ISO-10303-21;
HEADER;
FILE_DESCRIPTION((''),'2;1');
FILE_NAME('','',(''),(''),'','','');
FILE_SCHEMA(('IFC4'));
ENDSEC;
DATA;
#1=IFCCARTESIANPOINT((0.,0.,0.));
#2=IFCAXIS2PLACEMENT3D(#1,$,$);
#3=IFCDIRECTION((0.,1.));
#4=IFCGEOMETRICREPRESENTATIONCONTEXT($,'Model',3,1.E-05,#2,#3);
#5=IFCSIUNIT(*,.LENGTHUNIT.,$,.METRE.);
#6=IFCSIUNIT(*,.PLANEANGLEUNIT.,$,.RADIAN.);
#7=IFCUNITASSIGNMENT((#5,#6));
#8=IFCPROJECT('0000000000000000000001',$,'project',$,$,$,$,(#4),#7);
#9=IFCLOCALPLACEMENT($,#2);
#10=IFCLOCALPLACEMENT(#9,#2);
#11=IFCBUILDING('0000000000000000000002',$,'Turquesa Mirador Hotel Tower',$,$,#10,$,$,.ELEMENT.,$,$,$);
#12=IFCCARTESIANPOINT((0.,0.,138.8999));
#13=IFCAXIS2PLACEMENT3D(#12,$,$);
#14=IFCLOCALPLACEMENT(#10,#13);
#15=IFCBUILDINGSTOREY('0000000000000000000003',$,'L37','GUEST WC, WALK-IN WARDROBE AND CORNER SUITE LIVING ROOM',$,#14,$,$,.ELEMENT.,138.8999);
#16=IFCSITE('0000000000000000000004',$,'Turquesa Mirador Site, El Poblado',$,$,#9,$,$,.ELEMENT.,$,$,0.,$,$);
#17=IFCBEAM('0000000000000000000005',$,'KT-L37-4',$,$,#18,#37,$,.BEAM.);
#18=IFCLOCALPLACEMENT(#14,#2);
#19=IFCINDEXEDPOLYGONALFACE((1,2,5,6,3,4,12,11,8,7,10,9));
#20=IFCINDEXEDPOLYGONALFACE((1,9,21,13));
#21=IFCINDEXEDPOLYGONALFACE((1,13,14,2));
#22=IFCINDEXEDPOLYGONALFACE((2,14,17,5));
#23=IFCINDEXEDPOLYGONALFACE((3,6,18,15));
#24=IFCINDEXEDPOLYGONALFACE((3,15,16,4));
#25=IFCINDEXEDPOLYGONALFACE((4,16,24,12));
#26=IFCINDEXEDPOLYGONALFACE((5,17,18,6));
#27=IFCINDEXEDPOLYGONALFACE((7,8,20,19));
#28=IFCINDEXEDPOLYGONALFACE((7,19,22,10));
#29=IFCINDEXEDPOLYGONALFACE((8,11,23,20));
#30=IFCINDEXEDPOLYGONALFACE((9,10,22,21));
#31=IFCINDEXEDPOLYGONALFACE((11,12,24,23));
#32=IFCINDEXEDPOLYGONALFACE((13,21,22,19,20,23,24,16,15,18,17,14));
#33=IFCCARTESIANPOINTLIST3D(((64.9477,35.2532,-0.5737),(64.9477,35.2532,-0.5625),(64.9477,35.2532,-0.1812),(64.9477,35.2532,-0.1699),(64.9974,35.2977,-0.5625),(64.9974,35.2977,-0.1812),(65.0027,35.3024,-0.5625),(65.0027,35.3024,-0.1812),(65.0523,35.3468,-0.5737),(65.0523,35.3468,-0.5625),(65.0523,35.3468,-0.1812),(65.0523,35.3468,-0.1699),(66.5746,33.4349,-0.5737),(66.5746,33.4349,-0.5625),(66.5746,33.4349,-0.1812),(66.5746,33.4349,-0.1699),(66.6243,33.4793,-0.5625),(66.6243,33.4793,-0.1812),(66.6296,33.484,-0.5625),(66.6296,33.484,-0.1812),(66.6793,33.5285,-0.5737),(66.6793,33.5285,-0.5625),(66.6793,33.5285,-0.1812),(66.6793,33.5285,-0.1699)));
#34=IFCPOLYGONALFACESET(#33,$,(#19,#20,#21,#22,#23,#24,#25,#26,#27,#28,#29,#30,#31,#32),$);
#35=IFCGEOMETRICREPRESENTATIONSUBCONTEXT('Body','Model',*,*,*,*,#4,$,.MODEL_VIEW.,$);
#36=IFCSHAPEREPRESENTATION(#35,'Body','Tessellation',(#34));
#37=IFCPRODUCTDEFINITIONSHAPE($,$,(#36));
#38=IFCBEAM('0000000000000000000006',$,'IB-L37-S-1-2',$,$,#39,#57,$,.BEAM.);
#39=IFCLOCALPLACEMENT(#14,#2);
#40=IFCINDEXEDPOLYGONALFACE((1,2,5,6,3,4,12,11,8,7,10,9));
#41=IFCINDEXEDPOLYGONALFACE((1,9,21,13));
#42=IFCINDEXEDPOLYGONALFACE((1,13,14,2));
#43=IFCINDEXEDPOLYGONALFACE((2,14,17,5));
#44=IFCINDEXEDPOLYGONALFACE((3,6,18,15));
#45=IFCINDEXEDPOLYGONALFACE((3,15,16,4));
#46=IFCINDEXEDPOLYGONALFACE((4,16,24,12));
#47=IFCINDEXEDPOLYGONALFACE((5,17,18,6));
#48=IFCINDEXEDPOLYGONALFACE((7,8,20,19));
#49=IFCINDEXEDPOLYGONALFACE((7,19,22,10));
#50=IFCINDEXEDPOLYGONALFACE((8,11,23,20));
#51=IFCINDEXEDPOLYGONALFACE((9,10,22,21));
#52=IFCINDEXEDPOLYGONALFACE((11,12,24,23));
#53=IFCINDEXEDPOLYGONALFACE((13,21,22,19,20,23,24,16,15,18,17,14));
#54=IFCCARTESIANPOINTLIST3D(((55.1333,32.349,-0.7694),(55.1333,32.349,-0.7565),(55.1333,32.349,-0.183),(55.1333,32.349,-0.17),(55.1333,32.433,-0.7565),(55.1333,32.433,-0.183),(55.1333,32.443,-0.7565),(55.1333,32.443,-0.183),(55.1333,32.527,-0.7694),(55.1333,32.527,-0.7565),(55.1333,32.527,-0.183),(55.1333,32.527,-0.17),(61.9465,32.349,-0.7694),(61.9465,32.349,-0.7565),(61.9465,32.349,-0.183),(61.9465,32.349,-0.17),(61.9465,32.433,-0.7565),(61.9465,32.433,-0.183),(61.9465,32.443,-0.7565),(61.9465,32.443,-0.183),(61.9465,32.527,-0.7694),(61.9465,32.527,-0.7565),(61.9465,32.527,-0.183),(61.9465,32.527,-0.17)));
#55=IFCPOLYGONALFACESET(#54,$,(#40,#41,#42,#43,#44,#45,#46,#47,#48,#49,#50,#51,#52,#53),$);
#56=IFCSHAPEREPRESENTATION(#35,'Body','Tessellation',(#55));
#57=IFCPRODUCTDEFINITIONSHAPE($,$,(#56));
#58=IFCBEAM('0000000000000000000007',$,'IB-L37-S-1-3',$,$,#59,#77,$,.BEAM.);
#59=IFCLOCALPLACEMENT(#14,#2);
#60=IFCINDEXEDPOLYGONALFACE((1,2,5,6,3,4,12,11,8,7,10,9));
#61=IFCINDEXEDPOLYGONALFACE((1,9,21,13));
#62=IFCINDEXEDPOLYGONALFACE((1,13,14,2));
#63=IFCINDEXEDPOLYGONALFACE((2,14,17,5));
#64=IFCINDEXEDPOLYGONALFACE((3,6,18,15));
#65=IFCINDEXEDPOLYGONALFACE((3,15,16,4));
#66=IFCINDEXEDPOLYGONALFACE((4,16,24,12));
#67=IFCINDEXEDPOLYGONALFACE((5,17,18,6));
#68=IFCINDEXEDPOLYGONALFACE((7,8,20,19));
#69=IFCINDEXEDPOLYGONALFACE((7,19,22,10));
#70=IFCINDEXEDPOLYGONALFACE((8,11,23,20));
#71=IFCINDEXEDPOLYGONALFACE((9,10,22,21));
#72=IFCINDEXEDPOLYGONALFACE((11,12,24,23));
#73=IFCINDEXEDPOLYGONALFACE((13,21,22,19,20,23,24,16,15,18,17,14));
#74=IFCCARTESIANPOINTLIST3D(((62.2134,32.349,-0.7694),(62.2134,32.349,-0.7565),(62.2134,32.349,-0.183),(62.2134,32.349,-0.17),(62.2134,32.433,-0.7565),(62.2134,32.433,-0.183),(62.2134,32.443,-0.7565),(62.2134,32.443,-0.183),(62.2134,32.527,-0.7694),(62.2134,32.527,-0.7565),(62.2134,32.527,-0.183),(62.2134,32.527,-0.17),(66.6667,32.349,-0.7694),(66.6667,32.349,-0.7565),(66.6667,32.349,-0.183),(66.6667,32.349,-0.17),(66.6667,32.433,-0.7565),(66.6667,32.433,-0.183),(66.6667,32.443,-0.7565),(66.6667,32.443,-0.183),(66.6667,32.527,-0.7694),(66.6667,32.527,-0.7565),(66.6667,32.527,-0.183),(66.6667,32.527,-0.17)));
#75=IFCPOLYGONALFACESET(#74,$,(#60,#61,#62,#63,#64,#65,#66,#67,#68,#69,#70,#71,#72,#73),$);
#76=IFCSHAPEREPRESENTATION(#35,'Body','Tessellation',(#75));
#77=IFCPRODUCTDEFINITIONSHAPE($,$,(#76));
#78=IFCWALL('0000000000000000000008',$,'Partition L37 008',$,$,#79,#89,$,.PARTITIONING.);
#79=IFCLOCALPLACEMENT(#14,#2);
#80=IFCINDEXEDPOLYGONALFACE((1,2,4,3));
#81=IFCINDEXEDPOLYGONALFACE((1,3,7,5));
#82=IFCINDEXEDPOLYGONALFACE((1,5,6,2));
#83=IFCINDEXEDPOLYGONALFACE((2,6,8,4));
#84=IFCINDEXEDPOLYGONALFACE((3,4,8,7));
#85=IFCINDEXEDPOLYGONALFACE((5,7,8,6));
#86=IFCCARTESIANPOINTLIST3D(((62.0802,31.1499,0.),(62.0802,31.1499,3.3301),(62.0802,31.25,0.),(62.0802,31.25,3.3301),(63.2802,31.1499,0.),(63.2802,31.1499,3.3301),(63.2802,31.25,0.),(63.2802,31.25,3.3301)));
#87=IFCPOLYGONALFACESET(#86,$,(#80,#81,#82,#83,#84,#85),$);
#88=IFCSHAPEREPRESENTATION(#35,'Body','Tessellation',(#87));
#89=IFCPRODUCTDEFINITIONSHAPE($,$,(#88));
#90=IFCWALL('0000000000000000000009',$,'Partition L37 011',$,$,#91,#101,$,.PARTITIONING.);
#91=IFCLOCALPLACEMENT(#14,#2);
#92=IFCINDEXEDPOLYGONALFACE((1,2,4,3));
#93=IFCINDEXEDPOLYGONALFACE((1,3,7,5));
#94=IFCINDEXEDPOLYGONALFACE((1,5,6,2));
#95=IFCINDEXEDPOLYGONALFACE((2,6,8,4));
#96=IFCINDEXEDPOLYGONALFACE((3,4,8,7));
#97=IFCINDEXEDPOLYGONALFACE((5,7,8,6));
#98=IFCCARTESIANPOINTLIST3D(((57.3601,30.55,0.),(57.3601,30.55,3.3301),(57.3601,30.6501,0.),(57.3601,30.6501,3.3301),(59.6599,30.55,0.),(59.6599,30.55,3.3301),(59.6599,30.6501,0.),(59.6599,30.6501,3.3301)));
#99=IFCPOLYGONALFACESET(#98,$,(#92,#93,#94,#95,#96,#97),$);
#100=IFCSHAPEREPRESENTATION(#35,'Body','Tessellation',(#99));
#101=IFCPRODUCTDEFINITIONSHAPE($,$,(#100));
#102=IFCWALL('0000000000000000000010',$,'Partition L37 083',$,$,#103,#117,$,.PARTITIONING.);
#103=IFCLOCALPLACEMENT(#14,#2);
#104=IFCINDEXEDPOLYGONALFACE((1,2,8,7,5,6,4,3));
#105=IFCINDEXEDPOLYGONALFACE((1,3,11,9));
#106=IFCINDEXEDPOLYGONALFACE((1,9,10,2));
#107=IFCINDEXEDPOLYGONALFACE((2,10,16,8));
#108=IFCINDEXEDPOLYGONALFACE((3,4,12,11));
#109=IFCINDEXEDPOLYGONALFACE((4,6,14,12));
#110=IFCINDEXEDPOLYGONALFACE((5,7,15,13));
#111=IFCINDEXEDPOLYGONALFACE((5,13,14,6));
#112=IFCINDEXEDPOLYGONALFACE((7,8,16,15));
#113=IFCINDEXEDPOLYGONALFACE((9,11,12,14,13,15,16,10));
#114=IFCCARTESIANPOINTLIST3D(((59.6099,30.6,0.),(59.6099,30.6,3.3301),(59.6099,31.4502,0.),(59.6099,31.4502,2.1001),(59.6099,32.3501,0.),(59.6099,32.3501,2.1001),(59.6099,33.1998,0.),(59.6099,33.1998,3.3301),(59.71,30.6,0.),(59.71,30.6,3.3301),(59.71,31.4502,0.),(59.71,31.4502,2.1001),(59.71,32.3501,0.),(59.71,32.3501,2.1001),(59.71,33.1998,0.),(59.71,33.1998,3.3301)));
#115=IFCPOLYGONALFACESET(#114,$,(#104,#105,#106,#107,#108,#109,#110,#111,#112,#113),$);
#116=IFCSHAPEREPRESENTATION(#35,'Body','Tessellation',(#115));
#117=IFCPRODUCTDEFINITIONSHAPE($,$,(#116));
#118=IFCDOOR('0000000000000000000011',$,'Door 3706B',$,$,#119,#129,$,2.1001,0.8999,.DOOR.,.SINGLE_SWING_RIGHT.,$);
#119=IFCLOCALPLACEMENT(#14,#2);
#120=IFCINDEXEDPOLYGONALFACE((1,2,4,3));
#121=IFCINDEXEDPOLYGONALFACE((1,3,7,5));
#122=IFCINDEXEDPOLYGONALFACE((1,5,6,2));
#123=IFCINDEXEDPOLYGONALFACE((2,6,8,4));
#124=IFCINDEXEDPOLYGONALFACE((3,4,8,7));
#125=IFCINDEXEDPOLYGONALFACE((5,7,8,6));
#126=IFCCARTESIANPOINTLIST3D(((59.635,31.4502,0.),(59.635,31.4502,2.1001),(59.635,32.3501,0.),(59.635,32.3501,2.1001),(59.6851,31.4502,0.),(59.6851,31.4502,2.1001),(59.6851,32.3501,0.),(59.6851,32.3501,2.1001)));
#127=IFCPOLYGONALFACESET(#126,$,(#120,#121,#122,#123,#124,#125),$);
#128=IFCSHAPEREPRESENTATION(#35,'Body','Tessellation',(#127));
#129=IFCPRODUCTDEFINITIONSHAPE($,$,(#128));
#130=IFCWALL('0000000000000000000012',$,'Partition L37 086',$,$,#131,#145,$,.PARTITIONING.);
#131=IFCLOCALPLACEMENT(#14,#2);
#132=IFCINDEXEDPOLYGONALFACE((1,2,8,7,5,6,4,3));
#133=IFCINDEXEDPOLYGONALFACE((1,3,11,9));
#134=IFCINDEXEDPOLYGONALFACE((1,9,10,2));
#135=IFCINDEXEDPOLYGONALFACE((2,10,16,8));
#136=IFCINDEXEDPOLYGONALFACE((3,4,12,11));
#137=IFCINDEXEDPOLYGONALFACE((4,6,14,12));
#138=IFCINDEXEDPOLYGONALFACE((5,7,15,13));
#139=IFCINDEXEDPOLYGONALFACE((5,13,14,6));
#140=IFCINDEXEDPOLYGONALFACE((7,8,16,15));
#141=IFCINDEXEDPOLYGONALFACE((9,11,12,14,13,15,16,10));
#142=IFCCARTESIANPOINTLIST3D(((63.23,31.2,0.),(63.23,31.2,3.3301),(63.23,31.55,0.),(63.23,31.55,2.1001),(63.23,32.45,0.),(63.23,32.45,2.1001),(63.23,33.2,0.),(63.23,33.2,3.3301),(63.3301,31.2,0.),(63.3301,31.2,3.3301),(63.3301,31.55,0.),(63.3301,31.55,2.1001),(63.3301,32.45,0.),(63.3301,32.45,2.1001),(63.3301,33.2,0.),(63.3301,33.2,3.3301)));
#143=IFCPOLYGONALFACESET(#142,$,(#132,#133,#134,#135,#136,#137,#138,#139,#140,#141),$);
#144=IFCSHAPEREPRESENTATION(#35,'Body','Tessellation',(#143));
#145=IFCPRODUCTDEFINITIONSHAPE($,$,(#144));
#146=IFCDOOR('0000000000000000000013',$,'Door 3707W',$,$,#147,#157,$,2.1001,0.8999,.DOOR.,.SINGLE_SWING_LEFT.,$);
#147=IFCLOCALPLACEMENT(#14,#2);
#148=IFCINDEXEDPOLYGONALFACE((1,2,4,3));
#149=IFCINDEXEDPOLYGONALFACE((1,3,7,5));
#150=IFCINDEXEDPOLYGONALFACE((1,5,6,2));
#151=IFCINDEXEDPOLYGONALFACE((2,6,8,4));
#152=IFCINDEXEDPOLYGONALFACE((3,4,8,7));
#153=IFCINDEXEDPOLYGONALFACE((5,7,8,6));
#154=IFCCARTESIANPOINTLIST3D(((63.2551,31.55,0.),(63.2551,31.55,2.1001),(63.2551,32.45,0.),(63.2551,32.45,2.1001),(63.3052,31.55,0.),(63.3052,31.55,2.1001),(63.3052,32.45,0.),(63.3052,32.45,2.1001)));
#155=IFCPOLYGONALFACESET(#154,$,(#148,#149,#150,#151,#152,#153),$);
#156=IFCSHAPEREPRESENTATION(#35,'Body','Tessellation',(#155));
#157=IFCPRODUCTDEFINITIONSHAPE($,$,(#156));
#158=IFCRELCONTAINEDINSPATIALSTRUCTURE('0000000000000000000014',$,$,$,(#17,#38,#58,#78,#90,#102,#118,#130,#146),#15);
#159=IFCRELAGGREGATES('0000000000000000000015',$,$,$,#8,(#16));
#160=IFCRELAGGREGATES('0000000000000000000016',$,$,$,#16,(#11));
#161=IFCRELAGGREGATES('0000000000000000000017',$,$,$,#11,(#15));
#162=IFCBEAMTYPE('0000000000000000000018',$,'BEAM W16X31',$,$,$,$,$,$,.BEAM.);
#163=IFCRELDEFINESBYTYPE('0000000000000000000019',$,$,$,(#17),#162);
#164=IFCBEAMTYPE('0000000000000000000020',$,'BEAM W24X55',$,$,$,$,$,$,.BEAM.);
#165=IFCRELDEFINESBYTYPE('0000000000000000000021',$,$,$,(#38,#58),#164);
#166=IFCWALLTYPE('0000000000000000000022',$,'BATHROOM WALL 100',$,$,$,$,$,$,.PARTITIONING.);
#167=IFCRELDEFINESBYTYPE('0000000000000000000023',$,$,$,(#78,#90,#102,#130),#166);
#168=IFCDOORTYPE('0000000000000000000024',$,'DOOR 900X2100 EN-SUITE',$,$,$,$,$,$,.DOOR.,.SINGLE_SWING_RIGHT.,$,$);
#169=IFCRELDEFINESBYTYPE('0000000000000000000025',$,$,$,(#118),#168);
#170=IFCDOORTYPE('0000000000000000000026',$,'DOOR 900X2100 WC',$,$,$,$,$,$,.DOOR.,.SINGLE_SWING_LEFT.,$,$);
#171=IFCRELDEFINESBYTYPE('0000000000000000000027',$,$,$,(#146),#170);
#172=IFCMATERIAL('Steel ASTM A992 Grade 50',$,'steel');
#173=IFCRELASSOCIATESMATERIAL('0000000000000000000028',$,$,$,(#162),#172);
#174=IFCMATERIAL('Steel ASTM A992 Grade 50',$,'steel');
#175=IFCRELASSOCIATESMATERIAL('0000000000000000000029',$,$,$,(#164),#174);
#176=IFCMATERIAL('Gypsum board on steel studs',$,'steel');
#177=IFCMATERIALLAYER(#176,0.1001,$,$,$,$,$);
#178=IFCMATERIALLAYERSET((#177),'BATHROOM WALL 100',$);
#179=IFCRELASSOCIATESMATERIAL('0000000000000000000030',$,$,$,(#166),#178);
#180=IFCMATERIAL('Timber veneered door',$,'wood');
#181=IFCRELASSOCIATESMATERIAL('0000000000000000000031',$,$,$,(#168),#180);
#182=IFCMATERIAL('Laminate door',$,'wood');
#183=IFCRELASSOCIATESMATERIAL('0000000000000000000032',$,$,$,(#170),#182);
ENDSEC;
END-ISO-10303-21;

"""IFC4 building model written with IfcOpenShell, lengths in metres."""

from ifc_helpers import new_model, si_unit, direction, frame, frame_2d, origin, origin_2d, place, context, subcontext, project, spatial, rectangle, i_section, extrude, material, layer, layer_set, material_profile, profile_set, type_object, element, fill, save


model = new_model("IFC4")

# Units and contexts
model_context = context("Model", 3, precision=1e-05, world=origin(), true_north=direction((0.0, 1.0)))
body_context = subcontext(model_context, "Body", "Model", "MODEL_VIEW")
ifc_project = project(units=[si_unit("LENGTHUNIT", "METRE"), si_unit("PLANEANGLEUNIT", "RADIAN")], contexts=[model_context])

# Site, building, storey
site_placement = place(None, origin())
site = spatial("IfcSite", under=ifc_project, at=site_placement, Name="Turquesa Mirador Site, El Poblado", CompositionType="ELEMENT", RefElevation=0.0)
building_placement = place(site_placement, origin())
building = spatial("IfcBuilding", under=site, at=building_placement, Name="Turquesa Mirador Hotel Tower", CompositionType="ELEMENT")
storey_placement = place(building_placement, frame((0.0, 0.0, 138.8999)))
storey = spatial("IfcBuildingStorey", under=building, at=storey_placement, Name="L37", Description="GUEST WC, WALK-IN WARDROBE AND CORNER SUITE LIVING ROOM", CompositionType="ELEMENT", Elevation=138.8999)

# Beams
ifc_material_1 = material(Name="Steel ASTM A992 Grade 50", Category="steel")
ifc_material_profile_1 = material_profile(ifc_material_1, i_section(OverallWidth=0.1404, OverallDepth=0.4038, WebThickness=0.0071, FlangeThickness=0.0112, at=origin_2d()), Name="W16X31")
ifc_profile_set_1 = profile_set([ifc_material_profile_1], Name="Steel ASTM A992 Grade 50")
beam_type_1 = type_object("IfcBeamType", Name="BEAM W16X31", PredefinedType="BEAM", material=ifc_profile_set_1)
beam_1_placement = place(storey_placement, frame((66.627, 33.4817, -0.3718), z_axis=(-0.666795, 0.745241, 0.0), x_axis=(-0.745241, -0.666795, 0.0)))
element("IfcBeam", 1, at=beam_1_placement, inside=storey, type_object=beam_type_1, Name="KT-L37-4", PredefinedType="BEAM", context=body_context, shape_type="SweptSolid", body=[
    extrude(i_section(OverallWidth=0.1404, OverallDepth=0.4038, WebThickness=0.0071, FlangeThickness=0.0112, at=origin_2d()), origin(), (0.0, 0.0, 1.0), 2.4399),
])
ifc_material_2 = material(Name="Steel ASTM A992 Grade 50", Category="steel")
ifc_material_profile_2 = material_profile(ifc_material_2, i_section(OverallWidth=0.178, OverallDepth=0.5994, WebThickness=0.01, FlangeThickness=0.0129, at=origin_2d()), Name="W24X55")
ifc_profile_set_2 = profile_set([ifc_material_profile_2], Name="Steel ASTM A992 Grade 50")
beam_type_2 = type_object("IfcBeamType", Name="BEAM W24X55", PredefinedType="BEAM", material=ifc_profile_set_2)
beam_2_placement = place(storey_placement, frame((55.1333, 32.438, -0.4697), z_axis=(1.0, 0.0, 0.0), x_axis=(0.0, 1.0, 0.0)))
element("IfcBeam", 2, at=beam_2_placement, inside=storey, type_object=beam_type_2, Name="IB-L37-S-1-2", PredefinedType="BEAM", context=body_context, shape_type="SweptSolid", body=[
    extrude(i_section(OverallWidth=0.178, OverallDepth=0.5994, WebThickness=0.01, FlangeThickness=0.0129, at=origin_2d()), origin(), (0.0, 0.0, 1.0), 6.8132),
])
beam_3_placement = place(storey_placement, frame((62.2134, 32.438, -0.4697), z_axis=(1.0, 0.0, 0.0), x_axis=(0.0, 1.0, 0.0)))
element("IfcBeam", 3, at=beam_3_placement, inside=storey, type_object=beam_type_2, Name="IB-L37-S-1-3", PredefinedType="BEAM", context=body_context, shape_type="SweptSolid", body=[
    extrude(i_section(OverallWidth=0.178, OverallDepth=0.5994, WebThickness=0.01, FlangeThickness=0.0129, at=origin_2d()), origin(), (0.0, 0.0, 1.0), 4.4534),
])

# Walls
ifc_material_3 = material(Name="Gypsum board on steel studs", Category="steel")
ifc_layer_1 = layer(ifc_material_3, 0.1001)
ifc_layer_set_1 = layer_set([ifc_layer_1], Name="BATHROOM WALL 100")
wall_type_1 = type_object("IfcWallType", Name="BATHROOM WALL 100", PredefinedType="PARTITIONING", material=ifc_layer_set_1)
wall_1_placement = place(storey_placement, frame((62.0801, 31.2, 0.0), z_axis=(0.0, 0.0, 1.0), x_axis=(1.0, 0.0, 0.0)))
element("IfcWall", 4, at=wall_1_placement, inside=storey, type_object=wall_type_1, Name="Partition L37 008", PredefinedType="PARTITIONING", context=body_context, shape_type="SweptSolid", body=[
    extrude(rectangle(XDim=1.2, YDim=0.1001, at=frame_2d((0.6001, 0.0))), origin(), (0.0, 0.0, 1.0), 3.3301),
])
wall_2_placement = place(storey_placement, frame((57.3601, 30.6001, 0.0), z_axis=(0.0, 0.0, 1.0), x_axis=(1.0, 0.0, 0.0)))
element("IfcWall", 5, at=wall_2_placement, inside=storey, type_object=wall_type_1, Name="Partition L37 011", PredefinedType="PARTITIONING", context=body_context, shape_type="SweptSolid", body=[
    extrude(rectangle(XDim=2.2998, YDim=0.1001, at=frame_2d((1.1499, 0.0))), origin(), (0.0, 0.0, 1.0), 3.3301),
])

# Walls, openings, doors
wall_3_placement = place(storey_placement, frame((59.6599, 30.6001, 0.0), z_axis=(0.0, 0.0, 1.0), x_axis=(0.0, 1.0, 0.0)))
wall_3 = element("IfcWall", 6, at=wall_3_placement, inside=storey, type_object=wall_type_1, Name="Partition L37 083", PredefinedType="PARTITIONING", context=body_context, shape_type="SweptSolid", body=[
    extrude(rectangle(XDim=2.5999, YDim=0.1001, at=frame_2d((1.2998, 0.0))), origin(), (0.0, 0.0, 1.0), 3.3301),
])
opening_1_placement = place(wall_3_placement, frame((0.8501, 0.0, 0.0)))
opening_1 = element("IfcOpeningElement", 7, at=opening_1_placement, cuts=wall_3, PredefinedType="OPENING", context=body_context, shape_type="SweptSolid", body=[
    extrude(rectangle(XDim=0.8999, YDim=2.1001, at=frame_2d((0.45, 1.05))), frame((0.0, 0.0601, 0.0), z_axis=(0.0, -1.0, 0.0), x_axis=(1.0, 0.0, 0.0)), (0.0, 0.0, 1.0), 0.1201),
])
ifc_material_4 = material(Name="Timber veneered door", Category="wood")
door_type_1 = type_object("IfcDoorType", Name="DOOR 900X2100 EN-SUITE", OperationType="SINGLE_SWING_RIGHT", PredefinedType="DOOR", material=ifc_material_4)
door_1_placement = place(opening_1_placement, origin())
door_1 = element("IfcDoor", 8, at=door_1_placement, inside=storey, type_object=door_type_1, Name="Door 3706B", OperationType="SINGLE_SWING_RIGHT", OverallHeight=2.1001, OverallWidth=0.8999, PredefinedType="DOOR", context=body_context, shape_type="SweptSolid", body=[
    extrude(rectangle(XDim=0.8999, YDim=2.1001, at=frame_2d((0.45, 1.05))), frame((0.0, 0.0249, 0.0), z_axis=(0.0, -1.0, 0.0), x_axis=(1.0, 0.0, 0.0)), (0.0, 0.0, 1.0), 0.05),
])
fill(opening_1, door_1)
wall_4_placement = place(storey_placement, frame((63.28, 31.2, 0.0), z_axis=(0.0, 0.0, 1.0), x_axis=(0.0, 1.0, 0.0)))
wall_4 = element("IfcWall", 9, at=wall_4_placement, inside=storey, type_object=wall_type_1, Name="Partition L37 086", PredefinedType="PARTITIONING", context=body_context, shape_type="SweptSolid", body=[
    extrude(rectangle(XDim=2.0, YDim=0.1001, at=frame_2d((1.0, 0.0))), origin(), (0.0, 0.0, 1.0), 3.3301),
])
opening_2_placement = place(wall_4_placement, frame((0.3501, 0.0, 0.0)))
opening_2 = element("IfcOpeningElement", 10, at=opening_2_placement, cuts=wall_4, PredefinedType="OPENING", context=body_context, shape_type="SweptSolid", body=[
    extrude(rectangle(XDim=0.8999, YDim=2.1001, at=frame_2d((0.45, 1.05))), frame((0.0, 0.0601, 0.0), z_axis=(0.0, -1.0, 0.0), x_axis=(1.0, 0.0, 0.0)), (0.0, 0.0, 1.0), 0.1201),
])
ifc_material_5 = material(Name="Laminate door", Category="wood")
door_type_2 = type_object("IfcDoorType", Name="DOOR 900X2100 WC", OperationType="SINGLE_SWING_LEFT", PredefinedType="DOOR", material=ifc_material_5)
door_2_placement = place(opening_2_placement, origin())
door_2 = element("IfcDoor", 11, at=door_2_placement, inside=storey, type_object=door_type_2, Name="Door 3707W", OperationType="SINGLE_SWING_LEFT", OverallHeight=2.1001, OverallWidth=0.8999, PredefinedType="DOOR", context=body_context, shape_type="SweptSolid", body=[
    extrude(rectangle(XDim=0.8999, YDim=2.1001, at=frame_2d((0.45, 1.05))), frame((0.0, 0.0249, 0.0), z_axis=(0.0, -1.0, 0.0), x_axis=(1.0, 0.0, 0.0)), (0.0, 0.0, 1.0), 0.05),
])
fill(opening_2, door_2)

save(model, "model.ifc")
